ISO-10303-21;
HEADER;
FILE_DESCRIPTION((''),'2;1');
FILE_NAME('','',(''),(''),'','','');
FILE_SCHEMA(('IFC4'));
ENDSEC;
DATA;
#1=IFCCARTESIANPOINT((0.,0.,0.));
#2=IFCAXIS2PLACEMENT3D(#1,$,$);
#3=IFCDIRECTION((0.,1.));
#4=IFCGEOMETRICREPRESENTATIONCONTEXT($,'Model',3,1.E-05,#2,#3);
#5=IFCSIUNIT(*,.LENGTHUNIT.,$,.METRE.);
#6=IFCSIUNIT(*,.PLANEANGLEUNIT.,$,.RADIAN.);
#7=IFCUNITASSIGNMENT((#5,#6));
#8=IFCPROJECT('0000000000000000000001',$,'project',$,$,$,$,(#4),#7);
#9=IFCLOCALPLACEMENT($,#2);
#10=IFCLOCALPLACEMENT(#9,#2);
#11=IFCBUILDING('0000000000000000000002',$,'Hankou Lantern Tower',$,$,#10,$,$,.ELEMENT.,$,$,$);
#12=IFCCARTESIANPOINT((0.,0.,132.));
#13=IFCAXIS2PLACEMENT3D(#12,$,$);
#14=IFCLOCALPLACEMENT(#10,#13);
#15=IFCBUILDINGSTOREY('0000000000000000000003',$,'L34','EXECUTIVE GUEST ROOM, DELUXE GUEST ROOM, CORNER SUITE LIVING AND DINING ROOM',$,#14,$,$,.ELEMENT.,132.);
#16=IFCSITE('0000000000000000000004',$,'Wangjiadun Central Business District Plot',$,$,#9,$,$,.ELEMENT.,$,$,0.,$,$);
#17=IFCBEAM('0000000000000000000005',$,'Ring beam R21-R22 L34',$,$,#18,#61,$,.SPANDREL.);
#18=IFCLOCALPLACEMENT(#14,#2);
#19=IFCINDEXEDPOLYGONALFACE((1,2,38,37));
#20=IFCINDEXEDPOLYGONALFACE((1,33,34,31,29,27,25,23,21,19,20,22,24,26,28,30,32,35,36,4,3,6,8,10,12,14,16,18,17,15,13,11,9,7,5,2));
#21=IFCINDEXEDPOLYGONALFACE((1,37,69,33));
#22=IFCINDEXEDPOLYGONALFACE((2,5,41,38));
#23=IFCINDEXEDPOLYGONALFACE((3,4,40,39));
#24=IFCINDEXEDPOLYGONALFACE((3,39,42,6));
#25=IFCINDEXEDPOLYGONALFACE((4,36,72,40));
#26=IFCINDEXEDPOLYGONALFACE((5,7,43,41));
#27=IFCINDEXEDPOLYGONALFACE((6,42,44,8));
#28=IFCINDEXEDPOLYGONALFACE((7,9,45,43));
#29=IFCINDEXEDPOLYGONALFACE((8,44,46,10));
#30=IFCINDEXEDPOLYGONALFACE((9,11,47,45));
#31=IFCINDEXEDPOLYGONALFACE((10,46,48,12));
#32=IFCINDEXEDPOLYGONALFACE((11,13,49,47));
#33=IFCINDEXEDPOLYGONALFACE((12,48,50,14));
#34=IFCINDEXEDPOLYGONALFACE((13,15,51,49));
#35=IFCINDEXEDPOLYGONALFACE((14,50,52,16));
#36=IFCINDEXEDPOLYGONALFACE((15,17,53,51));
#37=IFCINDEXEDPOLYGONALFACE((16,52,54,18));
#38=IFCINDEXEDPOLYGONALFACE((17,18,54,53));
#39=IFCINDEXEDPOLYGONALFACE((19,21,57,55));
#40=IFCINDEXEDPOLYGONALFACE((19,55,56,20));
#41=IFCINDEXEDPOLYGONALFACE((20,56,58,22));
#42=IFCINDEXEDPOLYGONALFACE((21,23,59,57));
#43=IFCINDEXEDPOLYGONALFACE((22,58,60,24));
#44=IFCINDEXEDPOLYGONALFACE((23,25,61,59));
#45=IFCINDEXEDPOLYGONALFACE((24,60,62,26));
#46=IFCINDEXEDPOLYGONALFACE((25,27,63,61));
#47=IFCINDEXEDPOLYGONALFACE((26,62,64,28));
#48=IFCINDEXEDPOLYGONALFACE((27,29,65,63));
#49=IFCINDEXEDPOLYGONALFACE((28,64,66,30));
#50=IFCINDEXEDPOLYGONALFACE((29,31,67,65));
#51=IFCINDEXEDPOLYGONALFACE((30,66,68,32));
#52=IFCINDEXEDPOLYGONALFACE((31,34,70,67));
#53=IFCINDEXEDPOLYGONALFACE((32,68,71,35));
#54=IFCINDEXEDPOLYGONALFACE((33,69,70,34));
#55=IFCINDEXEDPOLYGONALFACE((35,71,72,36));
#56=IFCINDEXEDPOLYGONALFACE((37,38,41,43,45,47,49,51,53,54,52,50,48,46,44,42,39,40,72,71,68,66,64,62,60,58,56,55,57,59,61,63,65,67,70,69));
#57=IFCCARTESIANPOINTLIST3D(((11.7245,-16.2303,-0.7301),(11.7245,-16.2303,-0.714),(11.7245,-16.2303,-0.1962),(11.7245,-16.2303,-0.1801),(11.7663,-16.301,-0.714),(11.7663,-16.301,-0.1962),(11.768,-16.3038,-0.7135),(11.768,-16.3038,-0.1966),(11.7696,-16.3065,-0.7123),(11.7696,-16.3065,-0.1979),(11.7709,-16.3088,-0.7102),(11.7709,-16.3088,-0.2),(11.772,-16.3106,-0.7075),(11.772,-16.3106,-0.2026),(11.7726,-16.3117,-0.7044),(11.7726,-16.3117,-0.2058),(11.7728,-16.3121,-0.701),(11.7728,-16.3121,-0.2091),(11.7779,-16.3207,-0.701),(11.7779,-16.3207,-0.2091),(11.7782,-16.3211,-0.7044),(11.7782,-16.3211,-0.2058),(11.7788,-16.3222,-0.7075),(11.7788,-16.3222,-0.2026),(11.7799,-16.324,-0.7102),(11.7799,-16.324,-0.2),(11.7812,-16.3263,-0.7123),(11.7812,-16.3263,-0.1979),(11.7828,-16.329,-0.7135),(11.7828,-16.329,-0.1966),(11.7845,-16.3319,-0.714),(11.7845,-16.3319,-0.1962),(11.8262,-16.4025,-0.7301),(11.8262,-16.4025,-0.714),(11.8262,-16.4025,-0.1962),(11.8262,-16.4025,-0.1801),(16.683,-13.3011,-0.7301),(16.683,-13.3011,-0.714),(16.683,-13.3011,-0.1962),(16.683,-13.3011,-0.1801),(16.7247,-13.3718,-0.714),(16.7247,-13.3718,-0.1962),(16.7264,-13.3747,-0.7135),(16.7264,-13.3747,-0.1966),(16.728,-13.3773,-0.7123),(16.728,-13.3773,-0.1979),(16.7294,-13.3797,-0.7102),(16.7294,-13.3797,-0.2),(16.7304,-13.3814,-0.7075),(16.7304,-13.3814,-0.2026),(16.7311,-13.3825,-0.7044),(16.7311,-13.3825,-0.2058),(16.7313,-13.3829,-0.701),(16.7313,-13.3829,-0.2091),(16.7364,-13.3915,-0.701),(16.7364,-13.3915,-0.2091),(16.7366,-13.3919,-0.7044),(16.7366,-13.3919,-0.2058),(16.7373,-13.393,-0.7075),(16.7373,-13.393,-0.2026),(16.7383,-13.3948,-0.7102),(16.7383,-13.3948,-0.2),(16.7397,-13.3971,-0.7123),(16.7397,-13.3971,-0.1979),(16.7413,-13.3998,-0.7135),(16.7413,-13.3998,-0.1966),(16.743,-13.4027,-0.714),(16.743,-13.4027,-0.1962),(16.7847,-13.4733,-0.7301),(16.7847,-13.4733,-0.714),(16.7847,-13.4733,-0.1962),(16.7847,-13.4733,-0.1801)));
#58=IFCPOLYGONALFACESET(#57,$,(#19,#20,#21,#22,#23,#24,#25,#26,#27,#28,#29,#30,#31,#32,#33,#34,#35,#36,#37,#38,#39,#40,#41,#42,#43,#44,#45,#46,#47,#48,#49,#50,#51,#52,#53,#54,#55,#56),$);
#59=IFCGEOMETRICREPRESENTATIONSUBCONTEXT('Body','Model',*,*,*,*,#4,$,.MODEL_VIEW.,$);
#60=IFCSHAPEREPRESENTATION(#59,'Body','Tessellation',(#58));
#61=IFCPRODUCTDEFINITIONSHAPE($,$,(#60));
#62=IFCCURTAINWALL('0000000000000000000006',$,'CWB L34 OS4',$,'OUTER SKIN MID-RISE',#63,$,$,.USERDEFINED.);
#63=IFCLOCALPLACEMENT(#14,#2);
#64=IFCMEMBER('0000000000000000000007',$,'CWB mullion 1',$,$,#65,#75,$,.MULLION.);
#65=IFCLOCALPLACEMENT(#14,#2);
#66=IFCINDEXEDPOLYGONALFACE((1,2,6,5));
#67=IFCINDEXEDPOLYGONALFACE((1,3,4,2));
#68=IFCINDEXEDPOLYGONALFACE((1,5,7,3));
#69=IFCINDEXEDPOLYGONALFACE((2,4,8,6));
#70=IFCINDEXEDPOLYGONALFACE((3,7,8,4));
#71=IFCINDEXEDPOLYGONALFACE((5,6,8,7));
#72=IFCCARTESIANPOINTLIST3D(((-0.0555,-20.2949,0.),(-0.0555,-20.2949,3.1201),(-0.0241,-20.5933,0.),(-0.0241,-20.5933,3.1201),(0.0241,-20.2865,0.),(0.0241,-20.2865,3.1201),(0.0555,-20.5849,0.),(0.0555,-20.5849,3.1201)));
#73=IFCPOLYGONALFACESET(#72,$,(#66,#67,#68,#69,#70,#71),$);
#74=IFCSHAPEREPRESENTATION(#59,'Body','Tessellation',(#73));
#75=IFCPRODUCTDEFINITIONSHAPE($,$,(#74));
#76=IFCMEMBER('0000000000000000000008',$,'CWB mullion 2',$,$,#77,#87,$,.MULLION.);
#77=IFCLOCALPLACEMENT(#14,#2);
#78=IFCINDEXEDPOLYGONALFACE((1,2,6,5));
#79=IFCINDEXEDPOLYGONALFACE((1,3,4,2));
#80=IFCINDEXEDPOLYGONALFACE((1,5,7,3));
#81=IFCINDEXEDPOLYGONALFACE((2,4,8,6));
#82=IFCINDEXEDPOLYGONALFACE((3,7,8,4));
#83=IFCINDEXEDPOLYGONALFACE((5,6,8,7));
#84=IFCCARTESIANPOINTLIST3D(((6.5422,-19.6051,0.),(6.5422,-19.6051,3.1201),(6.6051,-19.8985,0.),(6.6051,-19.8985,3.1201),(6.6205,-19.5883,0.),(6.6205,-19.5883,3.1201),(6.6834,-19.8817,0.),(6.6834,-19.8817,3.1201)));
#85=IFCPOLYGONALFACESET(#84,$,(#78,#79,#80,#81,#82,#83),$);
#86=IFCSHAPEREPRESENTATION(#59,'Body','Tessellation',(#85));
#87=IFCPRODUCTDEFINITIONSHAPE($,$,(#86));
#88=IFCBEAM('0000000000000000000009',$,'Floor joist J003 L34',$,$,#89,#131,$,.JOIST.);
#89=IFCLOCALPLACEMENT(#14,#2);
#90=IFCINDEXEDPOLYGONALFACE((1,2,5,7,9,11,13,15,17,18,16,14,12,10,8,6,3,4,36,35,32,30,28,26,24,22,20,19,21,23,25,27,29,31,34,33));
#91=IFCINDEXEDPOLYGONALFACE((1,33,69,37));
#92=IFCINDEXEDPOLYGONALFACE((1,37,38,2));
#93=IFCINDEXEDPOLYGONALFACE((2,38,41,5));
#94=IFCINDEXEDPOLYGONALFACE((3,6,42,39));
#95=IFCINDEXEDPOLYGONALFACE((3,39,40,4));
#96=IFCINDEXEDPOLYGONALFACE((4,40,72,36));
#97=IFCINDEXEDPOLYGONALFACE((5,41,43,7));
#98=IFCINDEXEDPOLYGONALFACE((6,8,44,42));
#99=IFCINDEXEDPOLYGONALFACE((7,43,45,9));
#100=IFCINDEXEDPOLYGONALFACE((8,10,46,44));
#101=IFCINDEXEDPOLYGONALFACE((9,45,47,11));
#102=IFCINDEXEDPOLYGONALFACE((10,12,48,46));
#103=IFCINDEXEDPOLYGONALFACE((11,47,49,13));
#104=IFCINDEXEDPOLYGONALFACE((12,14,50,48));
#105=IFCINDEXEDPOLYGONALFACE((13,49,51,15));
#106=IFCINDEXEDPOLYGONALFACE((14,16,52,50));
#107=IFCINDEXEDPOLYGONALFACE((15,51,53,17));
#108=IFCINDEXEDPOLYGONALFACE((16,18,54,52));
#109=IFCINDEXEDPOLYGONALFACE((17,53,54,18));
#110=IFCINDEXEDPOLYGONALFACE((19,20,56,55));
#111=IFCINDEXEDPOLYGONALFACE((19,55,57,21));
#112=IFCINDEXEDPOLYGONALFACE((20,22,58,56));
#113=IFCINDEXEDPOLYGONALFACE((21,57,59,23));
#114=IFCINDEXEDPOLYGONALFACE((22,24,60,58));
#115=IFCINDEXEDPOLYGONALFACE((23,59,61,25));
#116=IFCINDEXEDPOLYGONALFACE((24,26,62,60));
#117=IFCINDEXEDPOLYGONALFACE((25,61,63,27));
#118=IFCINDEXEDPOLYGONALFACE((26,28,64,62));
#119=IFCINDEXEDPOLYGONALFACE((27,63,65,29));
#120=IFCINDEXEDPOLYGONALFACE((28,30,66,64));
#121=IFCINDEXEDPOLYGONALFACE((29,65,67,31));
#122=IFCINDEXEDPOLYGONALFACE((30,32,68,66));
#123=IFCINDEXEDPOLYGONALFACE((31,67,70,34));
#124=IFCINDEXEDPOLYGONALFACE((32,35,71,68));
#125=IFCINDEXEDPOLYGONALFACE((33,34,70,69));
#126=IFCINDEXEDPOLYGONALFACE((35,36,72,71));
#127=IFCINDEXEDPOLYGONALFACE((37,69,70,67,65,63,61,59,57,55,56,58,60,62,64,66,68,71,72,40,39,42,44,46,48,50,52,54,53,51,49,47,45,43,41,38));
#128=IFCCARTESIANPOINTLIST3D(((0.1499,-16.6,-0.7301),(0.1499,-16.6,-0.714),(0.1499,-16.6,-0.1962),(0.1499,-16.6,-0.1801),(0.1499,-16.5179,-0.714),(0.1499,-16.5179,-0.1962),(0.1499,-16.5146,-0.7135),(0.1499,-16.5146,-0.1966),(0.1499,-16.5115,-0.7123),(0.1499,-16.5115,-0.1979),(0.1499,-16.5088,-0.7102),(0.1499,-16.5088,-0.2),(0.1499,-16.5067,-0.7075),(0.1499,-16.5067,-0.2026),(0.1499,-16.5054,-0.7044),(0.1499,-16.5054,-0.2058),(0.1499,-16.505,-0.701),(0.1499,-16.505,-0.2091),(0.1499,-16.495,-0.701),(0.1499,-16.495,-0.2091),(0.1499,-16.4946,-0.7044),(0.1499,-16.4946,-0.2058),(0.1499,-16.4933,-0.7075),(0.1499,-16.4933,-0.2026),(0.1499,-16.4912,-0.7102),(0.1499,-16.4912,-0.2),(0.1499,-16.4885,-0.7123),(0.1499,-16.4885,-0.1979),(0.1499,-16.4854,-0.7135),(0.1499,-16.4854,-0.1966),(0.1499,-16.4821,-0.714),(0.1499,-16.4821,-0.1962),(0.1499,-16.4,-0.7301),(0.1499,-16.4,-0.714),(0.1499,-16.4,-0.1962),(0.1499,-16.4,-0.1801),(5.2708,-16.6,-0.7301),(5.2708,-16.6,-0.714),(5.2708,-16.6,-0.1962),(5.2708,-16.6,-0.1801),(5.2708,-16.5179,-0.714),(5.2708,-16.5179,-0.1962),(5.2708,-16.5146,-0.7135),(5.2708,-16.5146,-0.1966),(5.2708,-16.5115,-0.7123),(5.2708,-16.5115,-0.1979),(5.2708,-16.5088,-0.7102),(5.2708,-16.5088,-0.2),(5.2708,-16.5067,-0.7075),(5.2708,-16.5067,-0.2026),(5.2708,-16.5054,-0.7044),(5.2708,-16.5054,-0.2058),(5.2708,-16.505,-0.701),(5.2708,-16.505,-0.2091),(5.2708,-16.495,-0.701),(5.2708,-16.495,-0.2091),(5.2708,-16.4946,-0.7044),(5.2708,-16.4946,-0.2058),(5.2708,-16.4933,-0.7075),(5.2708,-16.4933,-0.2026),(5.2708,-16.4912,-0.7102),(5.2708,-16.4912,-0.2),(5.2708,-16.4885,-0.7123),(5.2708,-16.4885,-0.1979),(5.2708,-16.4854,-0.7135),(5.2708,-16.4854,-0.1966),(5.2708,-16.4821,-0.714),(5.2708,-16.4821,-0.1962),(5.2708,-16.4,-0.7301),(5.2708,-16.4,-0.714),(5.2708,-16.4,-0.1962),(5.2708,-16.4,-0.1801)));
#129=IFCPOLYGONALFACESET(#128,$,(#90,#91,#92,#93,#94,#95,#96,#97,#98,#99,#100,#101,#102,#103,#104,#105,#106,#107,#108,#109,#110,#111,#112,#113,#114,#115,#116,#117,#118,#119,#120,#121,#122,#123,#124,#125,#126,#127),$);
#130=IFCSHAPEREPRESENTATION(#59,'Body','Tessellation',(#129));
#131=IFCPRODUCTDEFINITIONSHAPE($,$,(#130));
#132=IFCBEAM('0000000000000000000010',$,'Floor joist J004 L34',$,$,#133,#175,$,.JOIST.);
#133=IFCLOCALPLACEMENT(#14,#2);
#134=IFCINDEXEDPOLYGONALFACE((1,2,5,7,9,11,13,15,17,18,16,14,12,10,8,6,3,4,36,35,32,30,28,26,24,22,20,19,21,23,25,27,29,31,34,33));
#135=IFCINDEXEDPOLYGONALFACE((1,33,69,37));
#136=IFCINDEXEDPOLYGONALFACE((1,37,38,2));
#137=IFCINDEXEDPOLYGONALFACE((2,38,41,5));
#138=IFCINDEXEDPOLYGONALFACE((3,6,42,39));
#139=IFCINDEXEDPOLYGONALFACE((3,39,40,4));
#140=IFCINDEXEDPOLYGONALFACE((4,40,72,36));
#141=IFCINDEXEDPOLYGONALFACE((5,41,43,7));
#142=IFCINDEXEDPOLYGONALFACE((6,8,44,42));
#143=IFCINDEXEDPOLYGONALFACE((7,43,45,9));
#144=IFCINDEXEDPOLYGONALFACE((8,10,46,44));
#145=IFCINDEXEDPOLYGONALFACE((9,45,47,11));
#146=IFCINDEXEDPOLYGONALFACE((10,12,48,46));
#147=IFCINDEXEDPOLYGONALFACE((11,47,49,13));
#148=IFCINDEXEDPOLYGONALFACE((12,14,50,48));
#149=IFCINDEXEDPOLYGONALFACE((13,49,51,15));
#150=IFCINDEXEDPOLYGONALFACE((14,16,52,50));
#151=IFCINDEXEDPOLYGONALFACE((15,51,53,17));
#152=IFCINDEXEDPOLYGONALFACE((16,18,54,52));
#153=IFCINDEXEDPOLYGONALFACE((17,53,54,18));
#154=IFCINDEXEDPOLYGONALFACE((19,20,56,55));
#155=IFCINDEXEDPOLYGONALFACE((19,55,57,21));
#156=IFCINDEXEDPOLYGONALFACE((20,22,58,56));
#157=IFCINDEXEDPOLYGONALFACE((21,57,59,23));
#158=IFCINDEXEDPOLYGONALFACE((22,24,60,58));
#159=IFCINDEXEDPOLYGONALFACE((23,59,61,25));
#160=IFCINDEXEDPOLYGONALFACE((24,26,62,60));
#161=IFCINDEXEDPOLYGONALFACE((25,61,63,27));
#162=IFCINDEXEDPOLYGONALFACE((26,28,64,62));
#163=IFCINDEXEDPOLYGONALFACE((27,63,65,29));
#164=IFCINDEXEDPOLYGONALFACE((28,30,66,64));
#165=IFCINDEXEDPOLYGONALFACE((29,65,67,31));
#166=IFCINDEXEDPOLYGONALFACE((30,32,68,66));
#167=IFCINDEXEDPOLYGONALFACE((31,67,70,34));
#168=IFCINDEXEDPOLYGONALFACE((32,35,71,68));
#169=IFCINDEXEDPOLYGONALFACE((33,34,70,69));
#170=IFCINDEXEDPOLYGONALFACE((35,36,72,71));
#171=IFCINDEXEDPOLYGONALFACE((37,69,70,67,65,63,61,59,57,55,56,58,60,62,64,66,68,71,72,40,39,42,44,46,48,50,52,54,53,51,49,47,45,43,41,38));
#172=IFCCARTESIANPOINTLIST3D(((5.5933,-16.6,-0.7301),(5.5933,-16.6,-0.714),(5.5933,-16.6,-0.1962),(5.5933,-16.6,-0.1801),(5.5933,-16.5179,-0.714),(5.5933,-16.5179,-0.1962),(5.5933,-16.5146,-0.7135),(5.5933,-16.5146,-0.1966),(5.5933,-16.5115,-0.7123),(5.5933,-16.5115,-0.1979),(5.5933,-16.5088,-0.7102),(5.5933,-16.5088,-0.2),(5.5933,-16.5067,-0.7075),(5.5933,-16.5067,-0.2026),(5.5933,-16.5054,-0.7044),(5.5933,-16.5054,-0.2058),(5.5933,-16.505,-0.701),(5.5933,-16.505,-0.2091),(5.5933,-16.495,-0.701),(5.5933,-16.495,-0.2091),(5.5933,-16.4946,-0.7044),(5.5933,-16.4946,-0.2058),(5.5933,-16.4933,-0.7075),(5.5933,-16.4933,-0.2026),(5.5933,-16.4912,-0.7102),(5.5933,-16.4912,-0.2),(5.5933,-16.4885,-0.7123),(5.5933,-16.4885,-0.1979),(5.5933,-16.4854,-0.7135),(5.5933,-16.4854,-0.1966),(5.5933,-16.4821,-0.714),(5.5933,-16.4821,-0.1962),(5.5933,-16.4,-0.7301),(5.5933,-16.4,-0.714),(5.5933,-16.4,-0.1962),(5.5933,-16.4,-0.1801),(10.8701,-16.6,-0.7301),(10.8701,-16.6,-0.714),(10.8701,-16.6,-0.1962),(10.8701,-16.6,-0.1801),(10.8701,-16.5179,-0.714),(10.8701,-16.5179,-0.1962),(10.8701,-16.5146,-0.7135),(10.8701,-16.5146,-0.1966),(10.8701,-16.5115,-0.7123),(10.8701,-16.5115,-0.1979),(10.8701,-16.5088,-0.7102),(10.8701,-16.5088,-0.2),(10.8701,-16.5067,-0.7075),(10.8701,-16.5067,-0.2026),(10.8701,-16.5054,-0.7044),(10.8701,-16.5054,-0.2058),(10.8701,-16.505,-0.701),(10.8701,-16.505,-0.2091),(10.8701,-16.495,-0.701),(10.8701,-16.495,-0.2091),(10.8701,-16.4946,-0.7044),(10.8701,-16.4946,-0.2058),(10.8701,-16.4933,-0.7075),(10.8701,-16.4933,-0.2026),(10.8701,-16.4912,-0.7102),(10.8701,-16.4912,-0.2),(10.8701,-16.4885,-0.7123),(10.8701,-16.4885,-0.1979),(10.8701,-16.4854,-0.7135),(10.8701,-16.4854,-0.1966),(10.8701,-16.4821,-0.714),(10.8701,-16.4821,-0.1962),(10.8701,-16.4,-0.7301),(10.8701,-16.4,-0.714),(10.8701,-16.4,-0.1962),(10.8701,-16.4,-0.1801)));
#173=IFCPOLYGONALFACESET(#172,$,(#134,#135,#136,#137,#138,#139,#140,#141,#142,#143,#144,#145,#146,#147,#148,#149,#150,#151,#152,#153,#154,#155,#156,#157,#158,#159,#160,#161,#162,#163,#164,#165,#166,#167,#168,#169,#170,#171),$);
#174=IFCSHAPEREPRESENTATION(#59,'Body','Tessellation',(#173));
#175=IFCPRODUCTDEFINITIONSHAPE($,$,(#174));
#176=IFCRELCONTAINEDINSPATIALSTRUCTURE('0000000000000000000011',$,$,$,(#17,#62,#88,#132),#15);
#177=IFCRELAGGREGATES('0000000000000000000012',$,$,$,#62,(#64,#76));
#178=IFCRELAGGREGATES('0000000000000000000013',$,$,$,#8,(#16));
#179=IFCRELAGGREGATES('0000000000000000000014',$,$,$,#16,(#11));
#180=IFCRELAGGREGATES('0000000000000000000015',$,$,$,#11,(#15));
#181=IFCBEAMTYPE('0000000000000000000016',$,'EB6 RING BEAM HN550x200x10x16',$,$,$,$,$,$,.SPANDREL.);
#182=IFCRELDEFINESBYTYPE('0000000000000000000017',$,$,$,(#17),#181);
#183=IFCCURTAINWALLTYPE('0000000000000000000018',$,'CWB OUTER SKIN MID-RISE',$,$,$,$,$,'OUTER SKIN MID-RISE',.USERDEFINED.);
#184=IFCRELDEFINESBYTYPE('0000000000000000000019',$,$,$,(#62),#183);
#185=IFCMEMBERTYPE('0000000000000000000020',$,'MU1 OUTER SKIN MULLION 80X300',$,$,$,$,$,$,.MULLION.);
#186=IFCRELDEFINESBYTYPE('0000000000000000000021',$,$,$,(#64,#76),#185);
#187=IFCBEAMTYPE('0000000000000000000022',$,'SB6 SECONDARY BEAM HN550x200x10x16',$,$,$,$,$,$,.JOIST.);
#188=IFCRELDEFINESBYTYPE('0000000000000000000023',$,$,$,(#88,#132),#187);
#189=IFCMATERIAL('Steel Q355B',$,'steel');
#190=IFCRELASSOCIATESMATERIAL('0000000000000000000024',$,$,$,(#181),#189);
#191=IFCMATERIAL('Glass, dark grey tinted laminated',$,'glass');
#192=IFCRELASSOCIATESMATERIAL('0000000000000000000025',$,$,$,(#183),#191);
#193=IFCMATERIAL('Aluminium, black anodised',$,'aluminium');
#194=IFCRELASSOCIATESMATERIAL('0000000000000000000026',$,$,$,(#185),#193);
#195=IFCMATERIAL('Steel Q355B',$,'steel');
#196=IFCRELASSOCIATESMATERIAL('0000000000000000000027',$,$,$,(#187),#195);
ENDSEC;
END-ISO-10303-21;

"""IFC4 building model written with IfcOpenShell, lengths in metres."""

from ifc_helpers import new_model, si_unit, direction, frame, origin, origin_2d, place, context, subcontext, project, spatial, rectangle, i_section, extrude, material, material_profile, profile_set, type_object, element, aggregate, save


model = new_model("IFC4")

# Units and contexts
model_context = context("Model", 3, precision=1e-05, world=origin(), true_north=direction((0.0, 1.0)))
body_context = subcontext(model_context, "Body", "Model", "MODEL_VIEW")
ifc_project = project(units=[si_unit("LENGTHUNIT", "METRE"), si_unit("PLANEANGLEUNIT", "RADIAN")], contexts=[model_context])

# Site, building, storey
site_placement = place(None, origin())
site = spatial("IfcSite", under=ifc_project, at=site_placement, Name="Wangjiadun Central Business District Plot", CompositionType="ELEMENT", RefElevation=0.0)
building_placement = place(site_placement, origin())
building = spatial("IfcBuilding", under=site, at=building_placement, Name="Hankou Lantern Tower", CompositionType="ELEMENT")
storey_placement = place(building_placement, frame((0.0, 0.0, 132.0)))
storey = spatial("IfcBuildingStorey", under=building, at=storey_placement, Name="L34", Description="EXECUTIVE GUEST ROOM, DELUXE GUEST ROOM, CORNER SUITE LIVING AND DINING ROOM", CompositionType="ELEMENT", Elevation=132.0)

# Beam
ifc_material_1 = material(Name="Steel Q355B", Category="steel")
ifc_material_profile_1 = material_profile(ifc_material_1, i_section(OverallWidth=0.2, OverallDepth=0.55, WebThickness=0.01, FlangeThickness=0.0161, FilletRadius=0.0129, at=origin_2d()), Name="HN550x200x10x16")
ifc_profile_set_1 = profile_set([ifc_material_profile_1], Name="Steel Q355B")
beam_type_1 = type_object("IfcBeamType", Name="EB6 RING BEAM HN550x200x10x16", PredefinedType="SPANDREL", material=ifc_profile_set_1)
beam_1_placement = place(storey_placement, frame((11.7754, -16.3164, -0.4551), z_axis=(0.860989, 0.508624, 0.0), x_axis=(-0.508624, 0.860989, 0.0)))
element("IfcBeam", 1, at=beam_1_placement, inside=storey, type_object=beam_type_1, Name="Ring beam R21-R22 L34", PredefinedType="SPANDREL", context=body_context, shape_type="SweptSolid", body=[
    extrude(i_section(OverallWidth=0.2, OverallDepth=0.55, WebThickness=0.01, FlangeThickness=0.0161, FilletRadius=0.0129, at=origin_2d()), origin(), (0.0, 0.0, 1.0), 5.759),
])

# Curtain wall, members
ifc_material_2 = material(Name="Glass, dark grey tinted laminated", Category="glass")
curtain_wall_type = type_object("IfcCurtainWallType", Name="CWB OUTER SKIN MID-RISE", ElementType="OUTER SKIN MID-RISE", PredefinedType="USERDEFINED", material=ifc_material_2)
curtain_wall_placement = place(storey_placement, origin())
curtain_wall = element("IfcCurtainWall", 2, at=curtain_wall_placement, inside=storey, type_object=curtain_wall_type, Name="CWB L34 OS4", ObjectType="OUTER SKIN MID-RISE", PredefinedType="USERDEFINED")
ifc_material_3 = material(Name="Aluminium, black anodised", Category="aluminium")
ifc_material_profile_2 = material_profile(ifc_material_3, rectangle(XDim=0.0801, YDim=0.3, at=origin_2d()), Name="MU1 80X300")
ifc_profile_set_2 = profile_set([ifc_material_profile_2], Name="Aluminium, black anodised")
member_type_1 = type_object("IfcMemberType", Name="MU1 OUTER SKIN MULLION 80X300", PredefinedType="MULLION", material=ifc_profile_set_2)
member_1_placement = place(storey_placement, frame((0.0, -20.4399, 0.0), z_axis=(0.0, 0.0, 1.0), x_axis=(0.994499, 0.104743, 0.0)))
member_1 = element("IfcMember", 3, at=member_1_placement, type_object=member_type_1, Name="CWB mullion 1", PredefinedType="MULLION", context=body_context, shape_type="SweptSolid", body=[
    extrude(rectangle(XDim=0.0801, YDim=0.3, at=origin_2d()), origin(), (0.0, 0.0, 1.0), 3.1201),
])
member_2_placement = place(storey_placement, frame((6.6128, -19.7434, 0.0), z_axis=(0.0, 0.0, 1.0), x_axis=(0.977788, 0.209598, 0.0)))
member_2 = element("IfcMember", 4, at=member_2_placement, type_object=member_type_1, Name="CWB mullion 2", PredefinedType="MULLION", context=body_context, shape_type="SweptSolid", body=[
    extrude(rectangle(XDim=0.0801, YDim=0.3, at=origin_2d()), origin(), (0.0, 0.0, 1.0), 3.1201),
])

# Beams
ifc_material_4 = material(Name="Steel Q355B", Category="steel")
ifc_material_profile_3 = material_profile(ifc_material_4, i_section(OverallWidth=0.2, OverallDepth=0.55, WebThickness=0.01, FlangeThickness=0.0161, FilletRadius=0.0129, at=origin_2d()), Name="HN550x200x10x16")
ifc_profile_set_3 = profile_set([ifc_material_profile_3], Name="Steel Q355B")
beam_type_2 = type_object("IfcBeamType", Name="SB6 SECONDARY BEAM HN550x200x10x16", PredefinedType="JOIST", material=ifc_profile_set_3)
beam_2_placement = place(storey_placement, frame((0.1499, -16.5, -0.4551), z_axis=(1.0, 0.0, 0.0), x_axis=(0.0, 1.0, 0.0)))
element("IfcBeam", 5, at=beam_2_placement, inside=storey, type_object=beam_type_2, Name="Floor joist J003 L34", PredefinedType="JOIST", context=body_context, shape_type="SweptSolid", body=[
    extrude(i_section(OverallWidth=0.2, OverallDepth=0.55, WebThickness=0.01, FlangeThickness=0.0161, FilletRadius=0.0129, at=origin_2d()), origin(), (0.0, 0.0, 1.0), 5.1208),
])
beam_3_placement = place(storey_placement, frame((5.5933, -16.5, -0.4551), z_axis=(1.0, 0.0, 0.0), x_axis=(0.0, 1.0, 0.0)))
element("IfcBeam", 6, at=beam_3_placement, inside=storey, type_object=beam_type_2, Name="Floor joist J004 L34", PredefinedType="JOIST", context=body_context, shape_type="SweptSolid", body=[
    extrude(i_section(OverallWidth=0.2, OverallDepth=0.55, WebThickness=0.01, FlangeThickness=0.0161, FilletRadius=0.0129, at=origin_2d()), origin(), (0.0, 0.0, 1.0), 5.2769),
])

aggregate(curtain_wall, [member_1, member_2])

save(model, "model.ifc")
